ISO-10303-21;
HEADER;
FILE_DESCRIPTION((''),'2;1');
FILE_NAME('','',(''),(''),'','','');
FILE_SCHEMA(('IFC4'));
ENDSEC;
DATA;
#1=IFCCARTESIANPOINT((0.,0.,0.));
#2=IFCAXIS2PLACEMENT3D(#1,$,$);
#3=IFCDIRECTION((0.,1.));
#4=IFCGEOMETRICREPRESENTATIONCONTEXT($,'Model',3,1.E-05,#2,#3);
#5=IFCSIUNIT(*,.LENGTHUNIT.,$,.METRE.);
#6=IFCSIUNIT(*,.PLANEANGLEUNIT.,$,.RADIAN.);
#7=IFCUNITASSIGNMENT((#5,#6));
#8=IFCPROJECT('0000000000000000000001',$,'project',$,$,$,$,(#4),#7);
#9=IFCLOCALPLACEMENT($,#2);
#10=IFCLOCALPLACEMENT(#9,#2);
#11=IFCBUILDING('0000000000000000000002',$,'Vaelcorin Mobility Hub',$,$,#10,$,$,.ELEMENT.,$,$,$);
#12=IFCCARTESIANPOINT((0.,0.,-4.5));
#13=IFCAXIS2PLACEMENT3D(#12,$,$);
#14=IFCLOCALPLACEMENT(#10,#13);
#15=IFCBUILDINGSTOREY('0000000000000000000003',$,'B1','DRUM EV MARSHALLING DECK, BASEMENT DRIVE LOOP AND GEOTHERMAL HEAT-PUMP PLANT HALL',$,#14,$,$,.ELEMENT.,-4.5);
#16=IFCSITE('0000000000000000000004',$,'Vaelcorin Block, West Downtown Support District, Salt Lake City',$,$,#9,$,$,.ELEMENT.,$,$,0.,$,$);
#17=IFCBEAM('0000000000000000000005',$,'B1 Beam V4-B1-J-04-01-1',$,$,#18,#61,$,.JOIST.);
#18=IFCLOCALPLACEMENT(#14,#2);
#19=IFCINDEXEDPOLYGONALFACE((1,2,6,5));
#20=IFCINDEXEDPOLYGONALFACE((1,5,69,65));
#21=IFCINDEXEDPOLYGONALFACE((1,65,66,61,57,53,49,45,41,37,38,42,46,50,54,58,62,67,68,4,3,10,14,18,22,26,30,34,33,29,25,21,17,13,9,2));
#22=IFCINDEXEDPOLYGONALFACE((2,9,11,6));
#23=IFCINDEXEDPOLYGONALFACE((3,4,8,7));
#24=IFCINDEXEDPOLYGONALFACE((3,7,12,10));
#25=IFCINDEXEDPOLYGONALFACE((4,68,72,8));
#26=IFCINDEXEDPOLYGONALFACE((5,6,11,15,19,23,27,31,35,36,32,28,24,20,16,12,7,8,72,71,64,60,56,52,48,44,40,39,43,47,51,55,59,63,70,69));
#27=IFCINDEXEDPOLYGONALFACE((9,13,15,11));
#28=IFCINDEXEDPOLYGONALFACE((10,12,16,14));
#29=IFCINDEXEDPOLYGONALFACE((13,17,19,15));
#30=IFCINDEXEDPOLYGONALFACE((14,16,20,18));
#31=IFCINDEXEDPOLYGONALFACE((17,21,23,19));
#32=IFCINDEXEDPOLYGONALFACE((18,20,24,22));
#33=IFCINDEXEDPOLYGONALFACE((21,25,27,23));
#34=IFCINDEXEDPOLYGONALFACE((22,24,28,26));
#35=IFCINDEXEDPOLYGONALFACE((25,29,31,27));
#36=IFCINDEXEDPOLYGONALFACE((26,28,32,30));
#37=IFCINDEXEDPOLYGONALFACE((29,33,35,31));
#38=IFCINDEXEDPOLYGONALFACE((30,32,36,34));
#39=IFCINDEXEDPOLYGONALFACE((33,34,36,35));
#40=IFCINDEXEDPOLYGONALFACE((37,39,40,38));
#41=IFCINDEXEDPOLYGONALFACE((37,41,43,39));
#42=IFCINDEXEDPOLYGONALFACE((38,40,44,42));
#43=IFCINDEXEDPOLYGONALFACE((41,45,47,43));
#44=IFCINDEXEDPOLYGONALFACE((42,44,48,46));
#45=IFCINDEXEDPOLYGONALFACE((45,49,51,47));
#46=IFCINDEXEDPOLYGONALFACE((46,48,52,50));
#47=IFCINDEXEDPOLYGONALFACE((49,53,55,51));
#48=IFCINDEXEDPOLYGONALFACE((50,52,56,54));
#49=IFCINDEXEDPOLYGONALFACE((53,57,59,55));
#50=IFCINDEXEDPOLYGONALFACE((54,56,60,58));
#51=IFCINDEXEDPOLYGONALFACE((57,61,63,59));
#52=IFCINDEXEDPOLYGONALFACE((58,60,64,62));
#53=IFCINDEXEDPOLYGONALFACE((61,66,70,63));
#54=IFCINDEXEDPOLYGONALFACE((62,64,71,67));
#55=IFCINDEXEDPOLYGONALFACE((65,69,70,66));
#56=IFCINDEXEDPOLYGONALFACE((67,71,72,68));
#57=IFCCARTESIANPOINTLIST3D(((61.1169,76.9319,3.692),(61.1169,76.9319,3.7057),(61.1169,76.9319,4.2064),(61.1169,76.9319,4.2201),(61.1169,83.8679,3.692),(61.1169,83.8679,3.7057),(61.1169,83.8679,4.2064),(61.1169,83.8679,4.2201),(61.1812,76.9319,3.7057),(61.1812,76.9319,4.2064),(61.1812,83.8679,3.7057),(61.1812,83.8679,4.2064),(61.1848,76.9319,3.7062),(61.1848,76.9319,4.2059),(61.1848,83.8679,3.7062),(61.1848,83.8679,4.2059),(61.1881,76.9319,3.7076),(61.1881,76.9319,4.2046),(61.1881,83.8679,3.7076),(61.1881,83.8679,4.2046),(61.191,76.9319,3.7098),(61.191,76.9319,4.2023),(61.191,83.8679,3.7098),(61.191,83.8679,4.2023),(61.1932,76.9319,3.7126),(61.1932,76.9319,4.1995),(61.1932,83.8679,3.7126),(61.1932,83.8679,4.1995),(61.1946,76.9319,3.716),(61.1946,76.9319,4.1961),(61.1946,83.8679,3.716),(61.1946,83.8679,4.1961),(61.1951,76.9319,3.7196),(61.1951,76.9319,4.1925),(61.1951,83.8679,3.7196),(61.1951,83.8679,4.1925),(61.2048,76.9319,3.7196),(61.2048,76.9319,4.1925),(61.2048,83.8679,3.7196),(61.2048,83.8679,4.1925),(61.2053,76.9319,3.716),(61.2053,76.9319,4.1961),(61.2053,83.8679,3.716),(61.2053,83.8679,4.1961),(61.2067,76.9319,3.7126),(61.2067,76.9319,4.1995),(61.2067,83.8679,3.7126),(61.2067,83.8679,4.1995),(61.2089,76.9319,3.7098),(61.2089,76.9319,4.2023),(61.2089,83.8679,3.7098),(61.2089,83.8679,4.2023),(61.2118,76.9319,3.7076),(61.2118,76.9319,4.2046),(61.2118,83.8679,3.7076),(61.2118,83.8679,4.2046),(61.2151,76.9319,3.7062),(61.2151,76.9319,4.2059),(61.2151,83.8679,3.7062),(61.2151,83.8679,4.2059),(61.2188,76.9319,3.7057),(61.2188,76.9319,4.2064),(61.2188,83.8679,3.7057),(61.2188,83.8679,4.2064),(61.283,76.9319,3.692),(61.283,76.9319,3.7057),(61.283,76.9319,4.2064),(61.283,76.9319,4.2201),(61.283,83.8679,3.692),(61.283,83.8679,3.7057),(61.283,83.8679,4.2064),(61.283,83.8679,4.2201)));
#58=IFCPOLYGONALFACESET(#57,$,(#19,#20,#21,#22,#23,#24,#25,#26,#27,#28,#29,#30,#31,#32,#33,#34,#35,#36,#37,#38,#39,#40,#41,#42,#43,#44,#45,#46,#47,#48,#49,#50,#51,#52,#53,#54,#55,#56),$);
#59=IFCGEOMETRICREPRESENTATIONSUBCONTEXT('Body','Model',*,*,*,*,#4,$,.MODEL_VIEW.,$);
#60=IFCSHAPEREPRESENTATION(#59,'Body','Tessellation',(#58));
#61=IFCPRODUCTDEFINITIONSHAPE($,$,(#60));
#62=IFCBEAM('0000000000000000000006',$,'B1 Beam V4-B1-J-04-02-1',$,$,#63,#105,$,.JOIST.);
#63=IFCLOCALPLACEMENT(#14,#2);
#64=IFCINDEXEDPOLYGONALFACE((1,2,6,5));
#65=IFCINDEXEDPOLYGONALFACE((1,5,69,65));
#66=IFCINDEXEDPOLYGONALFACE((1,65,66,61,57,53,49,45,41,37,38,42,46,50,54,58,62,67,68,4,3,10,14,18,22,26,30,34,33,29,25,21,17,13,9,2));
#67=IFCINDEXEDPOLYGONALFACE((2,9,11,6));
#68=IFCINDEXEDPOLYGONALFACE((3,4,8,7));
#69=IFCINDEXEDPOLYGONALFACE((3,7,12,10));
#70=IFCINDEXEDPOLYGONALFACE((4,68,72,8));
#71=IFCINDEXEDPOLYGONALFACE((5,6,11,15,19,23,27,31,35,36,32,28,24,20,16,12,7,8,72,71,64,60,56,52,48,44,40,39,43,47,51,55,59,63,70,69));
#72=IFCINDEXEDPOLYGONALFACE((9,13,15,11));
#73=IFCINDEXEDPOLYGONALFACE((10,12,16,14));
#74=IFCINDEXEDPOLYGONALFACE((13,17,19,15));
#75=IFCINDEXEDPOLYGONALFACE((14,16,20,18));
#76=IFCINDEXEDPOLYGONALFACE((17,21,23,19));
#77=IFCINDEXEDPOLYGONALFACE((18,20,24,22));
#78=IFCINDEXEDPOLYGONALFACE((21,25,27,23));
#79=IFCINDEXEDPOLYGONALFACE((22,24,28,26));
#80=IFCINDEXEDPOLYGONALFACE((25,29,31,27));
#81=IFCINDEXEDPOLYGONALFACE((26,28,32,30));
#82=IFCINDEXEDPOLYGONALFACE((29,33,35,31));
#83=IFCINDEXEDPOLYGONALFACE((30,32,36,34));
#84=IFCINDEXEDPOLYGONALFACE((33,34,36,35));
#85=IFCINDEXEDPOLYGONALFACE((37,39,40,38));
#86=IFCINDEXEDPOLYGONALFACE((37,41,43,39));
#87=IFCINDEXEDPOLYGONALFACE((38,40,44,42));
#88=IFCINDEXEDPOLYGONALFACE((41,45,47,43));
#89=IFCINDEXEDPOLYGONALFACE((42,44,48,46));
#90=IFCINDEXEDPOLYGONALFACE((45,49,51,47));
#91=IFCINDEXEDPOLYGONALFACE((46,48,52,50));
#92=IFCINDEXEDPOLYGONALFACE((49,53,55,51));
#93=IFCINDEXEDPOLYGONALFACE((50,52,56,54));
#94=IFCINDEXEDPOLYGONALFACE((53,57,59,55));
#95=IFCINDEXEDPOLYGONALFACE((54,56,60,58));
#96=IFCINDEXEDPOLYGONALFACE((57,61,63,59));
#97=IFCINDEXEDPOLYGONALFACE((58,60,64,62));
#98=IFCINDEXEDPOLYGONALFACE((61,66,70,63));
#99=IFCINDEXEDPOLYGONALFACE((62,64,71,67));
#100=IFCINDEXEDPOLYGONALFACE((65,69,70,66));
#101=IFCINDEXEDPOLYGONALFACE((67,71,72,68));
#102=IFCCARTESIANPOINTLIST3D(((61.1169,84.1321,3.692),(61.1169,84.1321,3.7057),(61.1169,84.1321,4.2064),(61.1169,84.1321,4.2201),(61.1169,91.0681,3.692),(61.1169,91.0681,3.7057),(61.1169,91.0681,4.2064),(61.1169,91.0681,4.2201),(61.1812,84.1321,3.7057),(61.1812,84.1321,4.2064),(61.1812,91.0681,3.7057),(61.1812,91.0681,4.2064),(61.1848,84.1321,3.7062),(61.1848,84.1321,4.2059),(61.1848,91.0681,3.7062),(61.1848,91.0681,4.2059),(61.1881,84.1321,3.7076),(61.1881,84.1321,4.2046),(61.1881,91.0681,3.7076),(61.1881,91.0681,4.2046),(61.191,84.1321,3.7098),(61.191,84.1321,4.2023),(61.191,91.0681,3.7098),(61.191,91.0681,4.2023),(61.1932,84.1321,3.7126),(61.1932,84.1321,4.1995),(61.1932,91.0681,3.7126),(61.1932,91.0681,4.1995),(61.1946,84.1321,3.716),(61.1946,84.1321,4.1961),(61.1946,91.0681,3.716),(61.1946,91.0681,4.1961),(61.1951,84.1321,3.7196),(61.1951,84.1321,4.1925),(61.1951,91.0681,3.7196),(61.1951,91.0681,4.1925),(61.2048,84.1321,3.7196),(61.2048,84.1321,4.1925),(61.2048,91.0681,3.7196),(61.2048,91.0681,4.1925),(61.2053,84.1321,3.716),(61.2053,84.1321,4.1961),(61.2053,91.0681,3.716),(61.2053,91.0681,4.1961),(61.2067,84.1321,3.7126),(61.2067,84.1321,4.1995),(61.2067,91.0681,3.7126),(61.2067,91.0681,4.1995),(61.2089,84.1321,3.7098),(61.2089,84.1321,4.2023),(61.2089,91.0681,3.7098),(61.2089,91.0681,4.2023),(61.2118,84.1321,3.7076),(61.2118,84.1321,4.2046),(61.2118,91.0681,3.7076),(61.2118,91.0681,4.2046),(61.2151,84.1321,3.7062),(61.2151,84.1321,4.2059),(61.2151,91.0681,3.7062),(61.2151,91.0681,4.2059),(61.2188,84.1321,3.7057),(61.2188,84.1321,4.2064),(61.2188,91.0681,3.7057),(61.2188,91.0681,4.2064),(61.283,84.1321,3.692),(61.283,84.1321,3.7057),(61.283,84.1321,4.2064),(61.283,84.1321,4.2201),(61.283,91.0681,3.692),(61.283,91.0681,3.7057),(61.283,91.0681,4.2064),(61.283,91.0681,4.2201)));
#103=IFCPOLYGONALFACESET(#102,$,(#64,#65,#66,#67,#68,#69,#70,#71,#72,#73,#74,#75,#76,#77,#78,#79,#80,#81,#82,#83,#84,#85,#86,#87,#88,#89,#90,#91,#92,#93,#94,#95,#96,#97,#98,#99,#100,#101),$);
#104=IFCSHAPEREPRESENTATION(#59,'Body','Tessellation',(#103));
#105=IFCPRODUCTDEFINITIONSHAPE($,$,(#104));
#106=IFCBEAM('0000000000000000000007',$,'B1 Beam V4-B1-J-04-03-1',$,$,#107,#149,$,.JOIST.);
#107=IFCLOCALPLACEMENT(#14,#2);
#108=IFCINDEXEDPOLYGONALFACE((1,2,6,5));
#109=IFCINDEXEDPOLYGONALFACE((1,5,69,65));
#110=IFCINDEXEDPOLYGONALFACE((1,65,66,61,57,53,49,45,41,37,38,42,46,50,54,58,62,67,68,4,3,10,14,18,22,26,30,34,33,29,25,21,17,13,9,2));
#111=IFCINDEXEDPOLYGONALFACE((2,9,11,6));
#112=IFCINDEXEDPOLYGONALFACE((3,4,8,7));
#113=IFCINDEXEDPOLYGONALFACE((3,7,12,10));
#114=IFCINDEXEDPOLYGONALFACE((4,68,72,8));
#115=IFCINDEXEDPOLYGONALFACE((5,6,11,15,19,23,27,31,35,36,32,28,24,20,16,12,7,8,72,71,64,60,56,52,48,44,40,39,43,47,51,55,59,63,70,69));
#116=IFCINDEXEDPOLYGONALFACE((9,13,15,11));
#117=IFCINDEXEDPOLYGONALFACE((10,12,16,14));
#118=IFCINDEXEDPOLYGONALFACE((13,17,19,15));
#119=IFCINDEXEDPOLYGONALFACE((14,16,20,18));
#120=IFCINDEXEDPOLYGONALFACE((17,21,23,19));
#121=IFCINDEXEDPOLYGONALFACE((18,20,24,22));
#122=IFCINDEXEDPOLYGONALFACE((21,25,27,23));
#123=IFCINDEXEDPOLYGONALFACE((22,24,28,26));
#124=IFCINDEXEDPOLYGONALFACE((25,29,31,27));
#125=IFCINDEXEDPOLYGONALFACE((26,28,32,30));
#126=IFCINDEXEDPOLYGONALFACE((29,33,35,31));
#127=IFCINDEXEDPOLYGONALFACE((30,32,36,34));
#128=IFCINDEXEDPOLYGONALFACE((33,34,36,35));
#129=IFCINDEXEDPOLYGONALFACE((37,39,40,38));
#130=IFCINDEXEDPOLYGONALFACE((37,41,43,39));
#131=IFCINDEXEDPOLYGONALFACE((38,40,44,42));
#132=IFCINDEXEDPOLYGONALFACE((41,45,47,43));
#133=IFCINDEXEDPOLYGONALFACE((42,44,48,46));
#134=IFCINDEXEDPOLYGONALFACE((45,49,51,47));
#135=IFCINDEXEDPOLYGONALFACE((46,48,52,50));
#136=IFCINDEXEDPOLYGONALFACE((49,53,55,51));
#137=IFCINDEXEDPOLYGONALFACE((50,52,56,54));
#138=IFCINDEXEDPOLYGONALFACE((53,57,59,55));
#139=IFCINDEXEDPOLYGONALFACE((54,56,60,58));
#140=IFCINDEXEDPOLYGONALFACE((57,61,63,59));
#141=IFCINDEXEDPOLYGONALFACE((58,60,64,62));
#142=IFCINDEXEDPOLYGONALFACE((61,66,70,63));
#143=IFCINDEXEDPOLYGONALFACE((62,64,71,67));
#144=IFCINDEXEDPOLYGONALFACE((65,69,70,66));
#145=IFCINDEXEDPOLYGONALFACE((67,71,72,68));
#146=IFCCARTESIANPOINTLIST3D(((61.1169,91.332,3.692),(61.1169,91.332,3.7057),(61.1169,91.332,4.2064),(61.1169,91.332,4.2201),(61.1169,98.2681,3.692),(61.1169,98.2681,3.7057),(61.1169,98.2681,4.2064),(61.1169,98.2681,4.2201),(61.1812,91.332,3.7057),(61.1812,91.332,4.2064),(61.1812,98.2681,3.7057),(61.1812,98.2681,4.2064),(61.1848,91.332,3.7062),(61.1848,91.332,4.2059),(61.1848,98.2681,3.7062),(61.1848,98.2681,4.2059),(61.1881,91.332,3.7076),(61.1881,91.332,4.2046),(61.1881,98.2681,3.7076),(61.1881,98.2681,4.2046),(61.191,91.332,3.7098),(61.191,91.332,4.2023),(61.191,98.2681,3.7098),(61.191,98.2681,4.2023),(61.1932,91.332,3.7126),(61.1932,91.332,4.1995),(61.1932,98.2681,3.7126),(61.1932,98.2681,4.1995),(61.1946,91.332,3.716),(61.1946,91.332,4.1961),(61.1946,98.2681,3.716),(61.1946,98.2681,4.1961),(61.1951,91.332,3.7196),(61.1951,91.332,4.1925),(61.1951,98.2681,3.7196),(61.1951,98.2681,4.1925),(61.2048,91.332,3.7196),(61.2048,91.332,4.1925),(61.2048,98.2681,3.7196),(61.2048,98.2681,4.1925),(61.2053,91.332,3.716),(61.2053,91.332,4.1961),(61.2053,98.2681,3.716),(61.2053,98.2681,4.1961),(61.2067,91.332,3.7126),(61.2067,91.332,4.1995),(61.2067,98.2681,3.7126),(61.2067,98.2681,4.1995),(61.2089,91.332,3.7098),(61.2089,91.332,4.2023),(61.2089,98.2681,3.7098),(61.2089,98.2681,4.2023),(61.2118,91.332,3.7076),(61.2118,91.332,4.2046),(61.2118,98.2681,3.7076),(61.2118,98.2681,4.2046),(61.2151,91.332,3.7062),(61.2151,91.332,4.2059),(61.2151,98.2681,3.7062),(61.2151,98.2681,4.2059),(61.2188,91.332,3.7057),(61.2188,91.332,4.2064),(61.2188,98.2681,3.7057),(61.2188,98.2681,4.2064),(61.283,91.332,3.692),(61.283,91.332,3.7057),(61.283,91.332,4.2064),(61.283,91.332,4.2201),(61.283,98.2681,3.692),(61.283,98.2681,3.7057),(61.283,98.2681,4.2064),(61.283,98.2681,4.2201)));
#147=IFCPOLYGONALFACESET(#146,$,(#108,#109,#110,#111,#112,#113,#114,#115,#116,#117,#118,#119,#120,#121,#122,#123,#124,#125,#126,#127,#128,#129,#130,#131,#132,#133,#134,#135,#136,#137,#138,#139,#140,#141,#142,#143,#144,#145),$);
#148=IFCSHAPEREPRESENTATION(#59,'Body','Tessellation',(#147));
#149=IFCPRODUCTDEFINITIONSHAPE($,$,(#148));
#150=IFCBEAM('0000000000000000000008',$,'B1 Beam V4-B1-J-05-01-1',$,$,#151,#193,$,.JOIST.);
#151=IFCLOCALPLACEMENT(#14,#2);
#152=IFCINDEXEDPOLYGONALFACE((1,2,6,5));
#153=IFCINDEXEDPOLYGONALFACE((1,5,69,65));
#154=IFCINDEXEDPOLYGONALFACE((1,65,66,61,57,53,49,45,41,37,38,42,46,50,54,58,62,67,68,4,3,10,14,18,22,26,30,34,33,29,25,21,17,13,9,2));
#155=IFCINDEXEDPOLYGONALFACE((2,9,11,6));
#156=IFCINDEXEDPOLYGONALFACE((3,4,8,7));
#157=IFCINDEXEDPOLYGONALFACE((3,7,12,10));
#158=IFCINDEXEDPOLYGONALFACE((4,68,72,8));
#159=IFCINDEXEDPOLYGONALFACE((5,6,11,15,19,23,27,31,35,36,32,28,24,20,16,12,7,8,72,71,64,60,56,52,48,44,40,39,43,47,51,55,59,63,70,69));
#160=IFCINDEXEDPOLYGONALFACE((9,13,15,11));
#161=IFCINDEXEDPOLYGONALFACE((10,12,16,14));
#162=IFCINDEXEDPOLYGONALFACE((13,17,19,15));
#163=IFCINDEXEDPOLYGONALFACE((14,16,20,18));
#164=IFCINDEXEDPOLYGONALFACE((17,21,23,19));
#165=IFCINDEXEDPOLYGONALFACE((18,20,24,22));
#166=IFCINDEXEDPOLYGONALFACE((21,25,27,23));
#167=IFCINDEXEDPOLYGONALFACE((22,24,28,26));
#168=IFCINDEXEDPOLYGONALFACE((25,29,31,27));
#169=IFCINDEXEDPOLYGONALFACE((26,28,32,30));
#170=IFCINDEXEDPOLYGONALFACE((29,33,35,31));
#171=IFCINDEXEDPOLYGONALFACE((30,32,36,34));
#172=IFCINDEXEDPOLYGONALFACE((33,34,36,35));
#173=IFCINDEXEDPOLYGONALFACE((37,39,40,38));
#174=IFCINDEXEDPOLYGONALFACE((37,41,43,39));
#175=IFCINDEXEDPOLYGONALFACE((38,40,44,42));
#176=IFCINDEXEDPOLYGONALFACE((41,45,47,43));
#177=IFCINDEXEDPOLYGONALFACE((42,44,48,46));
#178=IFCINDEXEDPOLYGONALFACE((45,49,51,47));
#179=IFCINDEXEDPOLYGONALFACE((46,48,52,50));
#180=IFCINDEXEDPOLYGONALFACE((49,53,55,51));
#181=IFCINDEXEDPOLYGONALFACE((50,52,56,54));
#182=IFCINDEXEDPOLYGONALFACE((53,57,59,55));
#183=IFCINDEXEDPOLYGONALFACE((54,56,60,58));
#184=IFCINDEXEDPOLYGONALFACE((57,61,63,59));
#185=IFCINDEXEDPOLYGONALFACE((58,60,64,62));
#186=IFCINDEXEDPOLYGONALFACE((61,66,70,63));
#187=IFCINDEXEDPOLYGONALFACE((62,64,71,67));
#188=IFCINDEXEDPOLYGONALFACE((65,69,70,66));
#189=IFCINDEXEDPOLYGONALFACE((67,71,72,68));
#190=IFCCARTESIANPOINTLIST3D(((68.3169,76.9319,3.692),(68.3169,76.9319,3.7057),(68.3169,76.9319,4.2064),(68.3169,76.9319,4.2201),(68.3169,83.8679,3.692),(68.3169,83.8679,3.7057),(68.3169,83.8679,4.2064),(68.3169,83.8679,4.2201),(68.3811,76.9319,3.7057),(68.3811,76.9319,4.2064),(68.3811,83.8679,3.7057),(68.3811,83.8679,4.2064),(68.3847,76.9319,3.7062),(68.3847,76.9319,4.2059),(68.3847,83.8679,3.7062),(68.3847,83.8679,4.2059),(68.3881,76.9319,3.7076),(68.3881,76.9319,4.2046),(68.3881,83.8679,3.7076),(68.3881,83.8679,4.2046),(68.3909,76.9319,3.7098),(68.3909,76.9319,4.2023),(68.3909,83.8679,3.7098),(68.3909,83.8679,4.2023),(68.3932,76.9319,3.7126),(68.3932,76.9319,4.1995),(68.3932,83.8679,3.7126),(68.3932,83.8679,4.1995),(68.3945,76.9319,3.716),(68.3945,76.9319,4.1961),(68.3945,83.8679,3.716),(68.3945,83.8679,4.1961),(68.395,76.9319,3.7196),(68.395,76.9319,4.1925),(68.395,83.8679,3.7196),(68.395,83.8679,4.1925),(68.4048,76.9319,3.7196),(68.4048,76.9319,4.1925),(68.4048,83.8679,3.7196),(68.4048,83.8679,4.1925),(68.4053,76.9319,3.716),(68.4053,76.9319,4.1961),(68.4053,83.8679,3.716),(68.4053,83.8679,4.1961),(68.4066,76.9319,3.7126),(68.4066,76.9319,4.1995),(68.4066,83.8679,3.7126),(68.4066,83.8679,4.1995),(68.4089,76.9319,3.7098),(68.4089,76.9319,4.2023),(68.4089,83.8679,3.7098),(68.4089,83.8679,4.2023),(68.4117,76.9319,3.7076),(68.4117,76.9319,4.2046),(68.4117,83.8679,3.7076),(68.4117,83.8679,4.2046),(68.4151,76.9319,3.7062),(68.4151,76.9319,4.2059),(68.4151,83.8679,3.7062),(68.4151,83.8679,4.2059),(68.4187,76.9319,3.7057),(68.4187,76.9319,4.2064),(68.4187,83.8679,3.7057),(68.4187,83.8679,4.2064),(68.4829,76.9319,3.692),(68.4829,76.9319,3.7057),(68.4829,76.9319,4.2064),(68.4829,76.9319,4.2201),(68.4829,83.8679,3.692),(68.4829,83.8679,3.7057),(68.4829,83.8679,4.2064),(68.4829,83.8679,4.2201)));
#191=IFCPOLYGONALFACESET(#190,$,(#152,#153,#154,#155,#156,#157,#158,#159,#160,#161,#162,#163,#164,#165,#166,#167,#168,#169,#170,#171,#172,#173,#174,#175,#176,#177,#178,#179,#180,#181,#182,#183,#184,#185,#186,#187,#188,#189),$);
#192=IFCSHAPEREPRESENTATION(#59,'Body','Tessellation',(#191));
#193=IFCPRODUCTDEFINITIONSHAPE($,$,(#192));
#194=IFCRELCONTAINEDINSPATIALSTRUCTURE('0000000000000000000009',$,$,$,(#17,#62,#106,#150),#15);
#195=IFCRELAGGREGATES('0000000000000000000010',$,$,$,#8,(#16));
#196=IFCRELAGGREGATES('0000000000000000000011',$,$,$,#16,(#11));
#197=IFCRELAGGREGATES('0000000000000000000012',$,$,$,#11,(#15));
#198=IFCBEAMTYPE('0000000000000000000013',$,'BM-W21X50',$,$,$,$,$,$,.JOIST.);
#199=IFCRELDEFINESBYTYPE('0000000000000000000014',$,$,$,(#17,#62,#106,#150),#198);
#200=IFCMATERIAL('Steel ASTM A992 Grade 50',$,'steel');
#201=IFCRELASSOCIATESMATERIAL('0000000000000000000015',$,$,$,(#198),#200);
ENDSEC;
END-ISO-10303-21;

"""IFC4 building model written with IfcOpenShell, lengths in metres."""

from ifc_helpers import new_model, si_unit, direction, frame, origin, origin_2d, place, context, subcontext, project, spatial, i_section, extrude, material, material_profile, profile_set, type_object, element, save


model = new_model("IFC4")

# Units and contexts
model_context = context("Model", 3, precision=1e-05, world=origin(), true_north=direction((0.0, 1.0)))
body_context = subcontext(model_context, "Body", "Model", "MODEL_VIEW")
ifc_project = project(units=[si_unit("LENGTHUNIT", "METRE"), si_unit("PLANEANGLEUNIT", "RADIAN")], contexts=[model_context])

# Site, building, storey
site_placement = place(None, origin())
site = spatial("IfcSite", under=ifc_project, at=site_placement, Name="Vaelcorin Block, West Downtown Support District, Salt Lake City", CompositionType="ELEMENT", RefElevation=0.0)
building_placement = place(site_placement, origin())
building = spatial("IfcBuilding", under=site, at=building_placement, Name="Vaelcorin Mobility Hub", CompositionType="ELEMENT")
storey_placement = place(building_placement, frame((0.0, 0.0, -4.5)))
storey = spatial("IfcBuildingStorey", under=building, at=storey_placement, Name="B1", Description="DRUM EV MARSHALLING DECK, BASEMENT DRIVE LOOP AND GEOTHERMAL HEAT-PUMP PLANT HALL", CompositionType="ELEMENT", Elevation=-4.5)

# Shared definitions
ifc_material_1 = material(Name="Steel ASTM A992 Grade 50", Category="steel")

# Beams
ifc_material_profile_1 = material_profile(ifc_material_1, i_section(OverallWidth=0.166, OverallDepth=0.5281, WebThickness=0.0098, FlangeThickness=0.0137, FilletRadius=0.0139, at=origin_2d()), Name="W21X50")
ifc_profile_set_1 = profile_set([ifc_material_profile_1], Name="Steel ASTM A992 Grade 50")
beam_type_1 = type_object("IfcBeamType", Name="BM-W21X50", PredefinedType="JOIST", material=ifc_profile_set_1)
for number, where, z_axis, x_axis, name in (
    (1, (61.2, 76.9319, 3.9561), (0.0, 1.0, 0.0), (-1.0, 0.0, 0.0), "B1 Beam V4-B1-J-04-01-1"),
    (2, (61.2, 84.1321, 3.9561), (0.0, 1.0, 0.0), (-1.0, 0.0, 0.0), "B1 Beam V4-B1-J-04-02-1"),
    (3, (61.2, 91.332, 3.9561), (0.0, 1.0, 0.0), (-1.0, 0.0, 0.0), "B1 Beam V4-B1-J-04-03-1"),
    (4, (68.3999, 76.9319, 3.9561), (0.0, 1.0, 0.0), (-1.0, 0.0, 0.0), "B1 Beam V4-B1-J-05-01-1"),
):
    element("IfcBeam", number, at=place(storey_placement, frame(where, z_axis=z_axis, x_axis=x_axis)), inside=storey, type_object=beam_type_1, Name=name, PredefinedType="JOIST", context=body_context, shape_type="SweptSolid", body=[
        extrude(i_section(OverallWidth=0.166, OverallDepth=0.5281, WebThickness=0.0098, FlangeThickness=0.0137, FilletRadius=0.0139, at=origin_2d()), origin(), (0.0, 0.0, 1.0), 6.936),
    ])

save(model, "model.ifc")
